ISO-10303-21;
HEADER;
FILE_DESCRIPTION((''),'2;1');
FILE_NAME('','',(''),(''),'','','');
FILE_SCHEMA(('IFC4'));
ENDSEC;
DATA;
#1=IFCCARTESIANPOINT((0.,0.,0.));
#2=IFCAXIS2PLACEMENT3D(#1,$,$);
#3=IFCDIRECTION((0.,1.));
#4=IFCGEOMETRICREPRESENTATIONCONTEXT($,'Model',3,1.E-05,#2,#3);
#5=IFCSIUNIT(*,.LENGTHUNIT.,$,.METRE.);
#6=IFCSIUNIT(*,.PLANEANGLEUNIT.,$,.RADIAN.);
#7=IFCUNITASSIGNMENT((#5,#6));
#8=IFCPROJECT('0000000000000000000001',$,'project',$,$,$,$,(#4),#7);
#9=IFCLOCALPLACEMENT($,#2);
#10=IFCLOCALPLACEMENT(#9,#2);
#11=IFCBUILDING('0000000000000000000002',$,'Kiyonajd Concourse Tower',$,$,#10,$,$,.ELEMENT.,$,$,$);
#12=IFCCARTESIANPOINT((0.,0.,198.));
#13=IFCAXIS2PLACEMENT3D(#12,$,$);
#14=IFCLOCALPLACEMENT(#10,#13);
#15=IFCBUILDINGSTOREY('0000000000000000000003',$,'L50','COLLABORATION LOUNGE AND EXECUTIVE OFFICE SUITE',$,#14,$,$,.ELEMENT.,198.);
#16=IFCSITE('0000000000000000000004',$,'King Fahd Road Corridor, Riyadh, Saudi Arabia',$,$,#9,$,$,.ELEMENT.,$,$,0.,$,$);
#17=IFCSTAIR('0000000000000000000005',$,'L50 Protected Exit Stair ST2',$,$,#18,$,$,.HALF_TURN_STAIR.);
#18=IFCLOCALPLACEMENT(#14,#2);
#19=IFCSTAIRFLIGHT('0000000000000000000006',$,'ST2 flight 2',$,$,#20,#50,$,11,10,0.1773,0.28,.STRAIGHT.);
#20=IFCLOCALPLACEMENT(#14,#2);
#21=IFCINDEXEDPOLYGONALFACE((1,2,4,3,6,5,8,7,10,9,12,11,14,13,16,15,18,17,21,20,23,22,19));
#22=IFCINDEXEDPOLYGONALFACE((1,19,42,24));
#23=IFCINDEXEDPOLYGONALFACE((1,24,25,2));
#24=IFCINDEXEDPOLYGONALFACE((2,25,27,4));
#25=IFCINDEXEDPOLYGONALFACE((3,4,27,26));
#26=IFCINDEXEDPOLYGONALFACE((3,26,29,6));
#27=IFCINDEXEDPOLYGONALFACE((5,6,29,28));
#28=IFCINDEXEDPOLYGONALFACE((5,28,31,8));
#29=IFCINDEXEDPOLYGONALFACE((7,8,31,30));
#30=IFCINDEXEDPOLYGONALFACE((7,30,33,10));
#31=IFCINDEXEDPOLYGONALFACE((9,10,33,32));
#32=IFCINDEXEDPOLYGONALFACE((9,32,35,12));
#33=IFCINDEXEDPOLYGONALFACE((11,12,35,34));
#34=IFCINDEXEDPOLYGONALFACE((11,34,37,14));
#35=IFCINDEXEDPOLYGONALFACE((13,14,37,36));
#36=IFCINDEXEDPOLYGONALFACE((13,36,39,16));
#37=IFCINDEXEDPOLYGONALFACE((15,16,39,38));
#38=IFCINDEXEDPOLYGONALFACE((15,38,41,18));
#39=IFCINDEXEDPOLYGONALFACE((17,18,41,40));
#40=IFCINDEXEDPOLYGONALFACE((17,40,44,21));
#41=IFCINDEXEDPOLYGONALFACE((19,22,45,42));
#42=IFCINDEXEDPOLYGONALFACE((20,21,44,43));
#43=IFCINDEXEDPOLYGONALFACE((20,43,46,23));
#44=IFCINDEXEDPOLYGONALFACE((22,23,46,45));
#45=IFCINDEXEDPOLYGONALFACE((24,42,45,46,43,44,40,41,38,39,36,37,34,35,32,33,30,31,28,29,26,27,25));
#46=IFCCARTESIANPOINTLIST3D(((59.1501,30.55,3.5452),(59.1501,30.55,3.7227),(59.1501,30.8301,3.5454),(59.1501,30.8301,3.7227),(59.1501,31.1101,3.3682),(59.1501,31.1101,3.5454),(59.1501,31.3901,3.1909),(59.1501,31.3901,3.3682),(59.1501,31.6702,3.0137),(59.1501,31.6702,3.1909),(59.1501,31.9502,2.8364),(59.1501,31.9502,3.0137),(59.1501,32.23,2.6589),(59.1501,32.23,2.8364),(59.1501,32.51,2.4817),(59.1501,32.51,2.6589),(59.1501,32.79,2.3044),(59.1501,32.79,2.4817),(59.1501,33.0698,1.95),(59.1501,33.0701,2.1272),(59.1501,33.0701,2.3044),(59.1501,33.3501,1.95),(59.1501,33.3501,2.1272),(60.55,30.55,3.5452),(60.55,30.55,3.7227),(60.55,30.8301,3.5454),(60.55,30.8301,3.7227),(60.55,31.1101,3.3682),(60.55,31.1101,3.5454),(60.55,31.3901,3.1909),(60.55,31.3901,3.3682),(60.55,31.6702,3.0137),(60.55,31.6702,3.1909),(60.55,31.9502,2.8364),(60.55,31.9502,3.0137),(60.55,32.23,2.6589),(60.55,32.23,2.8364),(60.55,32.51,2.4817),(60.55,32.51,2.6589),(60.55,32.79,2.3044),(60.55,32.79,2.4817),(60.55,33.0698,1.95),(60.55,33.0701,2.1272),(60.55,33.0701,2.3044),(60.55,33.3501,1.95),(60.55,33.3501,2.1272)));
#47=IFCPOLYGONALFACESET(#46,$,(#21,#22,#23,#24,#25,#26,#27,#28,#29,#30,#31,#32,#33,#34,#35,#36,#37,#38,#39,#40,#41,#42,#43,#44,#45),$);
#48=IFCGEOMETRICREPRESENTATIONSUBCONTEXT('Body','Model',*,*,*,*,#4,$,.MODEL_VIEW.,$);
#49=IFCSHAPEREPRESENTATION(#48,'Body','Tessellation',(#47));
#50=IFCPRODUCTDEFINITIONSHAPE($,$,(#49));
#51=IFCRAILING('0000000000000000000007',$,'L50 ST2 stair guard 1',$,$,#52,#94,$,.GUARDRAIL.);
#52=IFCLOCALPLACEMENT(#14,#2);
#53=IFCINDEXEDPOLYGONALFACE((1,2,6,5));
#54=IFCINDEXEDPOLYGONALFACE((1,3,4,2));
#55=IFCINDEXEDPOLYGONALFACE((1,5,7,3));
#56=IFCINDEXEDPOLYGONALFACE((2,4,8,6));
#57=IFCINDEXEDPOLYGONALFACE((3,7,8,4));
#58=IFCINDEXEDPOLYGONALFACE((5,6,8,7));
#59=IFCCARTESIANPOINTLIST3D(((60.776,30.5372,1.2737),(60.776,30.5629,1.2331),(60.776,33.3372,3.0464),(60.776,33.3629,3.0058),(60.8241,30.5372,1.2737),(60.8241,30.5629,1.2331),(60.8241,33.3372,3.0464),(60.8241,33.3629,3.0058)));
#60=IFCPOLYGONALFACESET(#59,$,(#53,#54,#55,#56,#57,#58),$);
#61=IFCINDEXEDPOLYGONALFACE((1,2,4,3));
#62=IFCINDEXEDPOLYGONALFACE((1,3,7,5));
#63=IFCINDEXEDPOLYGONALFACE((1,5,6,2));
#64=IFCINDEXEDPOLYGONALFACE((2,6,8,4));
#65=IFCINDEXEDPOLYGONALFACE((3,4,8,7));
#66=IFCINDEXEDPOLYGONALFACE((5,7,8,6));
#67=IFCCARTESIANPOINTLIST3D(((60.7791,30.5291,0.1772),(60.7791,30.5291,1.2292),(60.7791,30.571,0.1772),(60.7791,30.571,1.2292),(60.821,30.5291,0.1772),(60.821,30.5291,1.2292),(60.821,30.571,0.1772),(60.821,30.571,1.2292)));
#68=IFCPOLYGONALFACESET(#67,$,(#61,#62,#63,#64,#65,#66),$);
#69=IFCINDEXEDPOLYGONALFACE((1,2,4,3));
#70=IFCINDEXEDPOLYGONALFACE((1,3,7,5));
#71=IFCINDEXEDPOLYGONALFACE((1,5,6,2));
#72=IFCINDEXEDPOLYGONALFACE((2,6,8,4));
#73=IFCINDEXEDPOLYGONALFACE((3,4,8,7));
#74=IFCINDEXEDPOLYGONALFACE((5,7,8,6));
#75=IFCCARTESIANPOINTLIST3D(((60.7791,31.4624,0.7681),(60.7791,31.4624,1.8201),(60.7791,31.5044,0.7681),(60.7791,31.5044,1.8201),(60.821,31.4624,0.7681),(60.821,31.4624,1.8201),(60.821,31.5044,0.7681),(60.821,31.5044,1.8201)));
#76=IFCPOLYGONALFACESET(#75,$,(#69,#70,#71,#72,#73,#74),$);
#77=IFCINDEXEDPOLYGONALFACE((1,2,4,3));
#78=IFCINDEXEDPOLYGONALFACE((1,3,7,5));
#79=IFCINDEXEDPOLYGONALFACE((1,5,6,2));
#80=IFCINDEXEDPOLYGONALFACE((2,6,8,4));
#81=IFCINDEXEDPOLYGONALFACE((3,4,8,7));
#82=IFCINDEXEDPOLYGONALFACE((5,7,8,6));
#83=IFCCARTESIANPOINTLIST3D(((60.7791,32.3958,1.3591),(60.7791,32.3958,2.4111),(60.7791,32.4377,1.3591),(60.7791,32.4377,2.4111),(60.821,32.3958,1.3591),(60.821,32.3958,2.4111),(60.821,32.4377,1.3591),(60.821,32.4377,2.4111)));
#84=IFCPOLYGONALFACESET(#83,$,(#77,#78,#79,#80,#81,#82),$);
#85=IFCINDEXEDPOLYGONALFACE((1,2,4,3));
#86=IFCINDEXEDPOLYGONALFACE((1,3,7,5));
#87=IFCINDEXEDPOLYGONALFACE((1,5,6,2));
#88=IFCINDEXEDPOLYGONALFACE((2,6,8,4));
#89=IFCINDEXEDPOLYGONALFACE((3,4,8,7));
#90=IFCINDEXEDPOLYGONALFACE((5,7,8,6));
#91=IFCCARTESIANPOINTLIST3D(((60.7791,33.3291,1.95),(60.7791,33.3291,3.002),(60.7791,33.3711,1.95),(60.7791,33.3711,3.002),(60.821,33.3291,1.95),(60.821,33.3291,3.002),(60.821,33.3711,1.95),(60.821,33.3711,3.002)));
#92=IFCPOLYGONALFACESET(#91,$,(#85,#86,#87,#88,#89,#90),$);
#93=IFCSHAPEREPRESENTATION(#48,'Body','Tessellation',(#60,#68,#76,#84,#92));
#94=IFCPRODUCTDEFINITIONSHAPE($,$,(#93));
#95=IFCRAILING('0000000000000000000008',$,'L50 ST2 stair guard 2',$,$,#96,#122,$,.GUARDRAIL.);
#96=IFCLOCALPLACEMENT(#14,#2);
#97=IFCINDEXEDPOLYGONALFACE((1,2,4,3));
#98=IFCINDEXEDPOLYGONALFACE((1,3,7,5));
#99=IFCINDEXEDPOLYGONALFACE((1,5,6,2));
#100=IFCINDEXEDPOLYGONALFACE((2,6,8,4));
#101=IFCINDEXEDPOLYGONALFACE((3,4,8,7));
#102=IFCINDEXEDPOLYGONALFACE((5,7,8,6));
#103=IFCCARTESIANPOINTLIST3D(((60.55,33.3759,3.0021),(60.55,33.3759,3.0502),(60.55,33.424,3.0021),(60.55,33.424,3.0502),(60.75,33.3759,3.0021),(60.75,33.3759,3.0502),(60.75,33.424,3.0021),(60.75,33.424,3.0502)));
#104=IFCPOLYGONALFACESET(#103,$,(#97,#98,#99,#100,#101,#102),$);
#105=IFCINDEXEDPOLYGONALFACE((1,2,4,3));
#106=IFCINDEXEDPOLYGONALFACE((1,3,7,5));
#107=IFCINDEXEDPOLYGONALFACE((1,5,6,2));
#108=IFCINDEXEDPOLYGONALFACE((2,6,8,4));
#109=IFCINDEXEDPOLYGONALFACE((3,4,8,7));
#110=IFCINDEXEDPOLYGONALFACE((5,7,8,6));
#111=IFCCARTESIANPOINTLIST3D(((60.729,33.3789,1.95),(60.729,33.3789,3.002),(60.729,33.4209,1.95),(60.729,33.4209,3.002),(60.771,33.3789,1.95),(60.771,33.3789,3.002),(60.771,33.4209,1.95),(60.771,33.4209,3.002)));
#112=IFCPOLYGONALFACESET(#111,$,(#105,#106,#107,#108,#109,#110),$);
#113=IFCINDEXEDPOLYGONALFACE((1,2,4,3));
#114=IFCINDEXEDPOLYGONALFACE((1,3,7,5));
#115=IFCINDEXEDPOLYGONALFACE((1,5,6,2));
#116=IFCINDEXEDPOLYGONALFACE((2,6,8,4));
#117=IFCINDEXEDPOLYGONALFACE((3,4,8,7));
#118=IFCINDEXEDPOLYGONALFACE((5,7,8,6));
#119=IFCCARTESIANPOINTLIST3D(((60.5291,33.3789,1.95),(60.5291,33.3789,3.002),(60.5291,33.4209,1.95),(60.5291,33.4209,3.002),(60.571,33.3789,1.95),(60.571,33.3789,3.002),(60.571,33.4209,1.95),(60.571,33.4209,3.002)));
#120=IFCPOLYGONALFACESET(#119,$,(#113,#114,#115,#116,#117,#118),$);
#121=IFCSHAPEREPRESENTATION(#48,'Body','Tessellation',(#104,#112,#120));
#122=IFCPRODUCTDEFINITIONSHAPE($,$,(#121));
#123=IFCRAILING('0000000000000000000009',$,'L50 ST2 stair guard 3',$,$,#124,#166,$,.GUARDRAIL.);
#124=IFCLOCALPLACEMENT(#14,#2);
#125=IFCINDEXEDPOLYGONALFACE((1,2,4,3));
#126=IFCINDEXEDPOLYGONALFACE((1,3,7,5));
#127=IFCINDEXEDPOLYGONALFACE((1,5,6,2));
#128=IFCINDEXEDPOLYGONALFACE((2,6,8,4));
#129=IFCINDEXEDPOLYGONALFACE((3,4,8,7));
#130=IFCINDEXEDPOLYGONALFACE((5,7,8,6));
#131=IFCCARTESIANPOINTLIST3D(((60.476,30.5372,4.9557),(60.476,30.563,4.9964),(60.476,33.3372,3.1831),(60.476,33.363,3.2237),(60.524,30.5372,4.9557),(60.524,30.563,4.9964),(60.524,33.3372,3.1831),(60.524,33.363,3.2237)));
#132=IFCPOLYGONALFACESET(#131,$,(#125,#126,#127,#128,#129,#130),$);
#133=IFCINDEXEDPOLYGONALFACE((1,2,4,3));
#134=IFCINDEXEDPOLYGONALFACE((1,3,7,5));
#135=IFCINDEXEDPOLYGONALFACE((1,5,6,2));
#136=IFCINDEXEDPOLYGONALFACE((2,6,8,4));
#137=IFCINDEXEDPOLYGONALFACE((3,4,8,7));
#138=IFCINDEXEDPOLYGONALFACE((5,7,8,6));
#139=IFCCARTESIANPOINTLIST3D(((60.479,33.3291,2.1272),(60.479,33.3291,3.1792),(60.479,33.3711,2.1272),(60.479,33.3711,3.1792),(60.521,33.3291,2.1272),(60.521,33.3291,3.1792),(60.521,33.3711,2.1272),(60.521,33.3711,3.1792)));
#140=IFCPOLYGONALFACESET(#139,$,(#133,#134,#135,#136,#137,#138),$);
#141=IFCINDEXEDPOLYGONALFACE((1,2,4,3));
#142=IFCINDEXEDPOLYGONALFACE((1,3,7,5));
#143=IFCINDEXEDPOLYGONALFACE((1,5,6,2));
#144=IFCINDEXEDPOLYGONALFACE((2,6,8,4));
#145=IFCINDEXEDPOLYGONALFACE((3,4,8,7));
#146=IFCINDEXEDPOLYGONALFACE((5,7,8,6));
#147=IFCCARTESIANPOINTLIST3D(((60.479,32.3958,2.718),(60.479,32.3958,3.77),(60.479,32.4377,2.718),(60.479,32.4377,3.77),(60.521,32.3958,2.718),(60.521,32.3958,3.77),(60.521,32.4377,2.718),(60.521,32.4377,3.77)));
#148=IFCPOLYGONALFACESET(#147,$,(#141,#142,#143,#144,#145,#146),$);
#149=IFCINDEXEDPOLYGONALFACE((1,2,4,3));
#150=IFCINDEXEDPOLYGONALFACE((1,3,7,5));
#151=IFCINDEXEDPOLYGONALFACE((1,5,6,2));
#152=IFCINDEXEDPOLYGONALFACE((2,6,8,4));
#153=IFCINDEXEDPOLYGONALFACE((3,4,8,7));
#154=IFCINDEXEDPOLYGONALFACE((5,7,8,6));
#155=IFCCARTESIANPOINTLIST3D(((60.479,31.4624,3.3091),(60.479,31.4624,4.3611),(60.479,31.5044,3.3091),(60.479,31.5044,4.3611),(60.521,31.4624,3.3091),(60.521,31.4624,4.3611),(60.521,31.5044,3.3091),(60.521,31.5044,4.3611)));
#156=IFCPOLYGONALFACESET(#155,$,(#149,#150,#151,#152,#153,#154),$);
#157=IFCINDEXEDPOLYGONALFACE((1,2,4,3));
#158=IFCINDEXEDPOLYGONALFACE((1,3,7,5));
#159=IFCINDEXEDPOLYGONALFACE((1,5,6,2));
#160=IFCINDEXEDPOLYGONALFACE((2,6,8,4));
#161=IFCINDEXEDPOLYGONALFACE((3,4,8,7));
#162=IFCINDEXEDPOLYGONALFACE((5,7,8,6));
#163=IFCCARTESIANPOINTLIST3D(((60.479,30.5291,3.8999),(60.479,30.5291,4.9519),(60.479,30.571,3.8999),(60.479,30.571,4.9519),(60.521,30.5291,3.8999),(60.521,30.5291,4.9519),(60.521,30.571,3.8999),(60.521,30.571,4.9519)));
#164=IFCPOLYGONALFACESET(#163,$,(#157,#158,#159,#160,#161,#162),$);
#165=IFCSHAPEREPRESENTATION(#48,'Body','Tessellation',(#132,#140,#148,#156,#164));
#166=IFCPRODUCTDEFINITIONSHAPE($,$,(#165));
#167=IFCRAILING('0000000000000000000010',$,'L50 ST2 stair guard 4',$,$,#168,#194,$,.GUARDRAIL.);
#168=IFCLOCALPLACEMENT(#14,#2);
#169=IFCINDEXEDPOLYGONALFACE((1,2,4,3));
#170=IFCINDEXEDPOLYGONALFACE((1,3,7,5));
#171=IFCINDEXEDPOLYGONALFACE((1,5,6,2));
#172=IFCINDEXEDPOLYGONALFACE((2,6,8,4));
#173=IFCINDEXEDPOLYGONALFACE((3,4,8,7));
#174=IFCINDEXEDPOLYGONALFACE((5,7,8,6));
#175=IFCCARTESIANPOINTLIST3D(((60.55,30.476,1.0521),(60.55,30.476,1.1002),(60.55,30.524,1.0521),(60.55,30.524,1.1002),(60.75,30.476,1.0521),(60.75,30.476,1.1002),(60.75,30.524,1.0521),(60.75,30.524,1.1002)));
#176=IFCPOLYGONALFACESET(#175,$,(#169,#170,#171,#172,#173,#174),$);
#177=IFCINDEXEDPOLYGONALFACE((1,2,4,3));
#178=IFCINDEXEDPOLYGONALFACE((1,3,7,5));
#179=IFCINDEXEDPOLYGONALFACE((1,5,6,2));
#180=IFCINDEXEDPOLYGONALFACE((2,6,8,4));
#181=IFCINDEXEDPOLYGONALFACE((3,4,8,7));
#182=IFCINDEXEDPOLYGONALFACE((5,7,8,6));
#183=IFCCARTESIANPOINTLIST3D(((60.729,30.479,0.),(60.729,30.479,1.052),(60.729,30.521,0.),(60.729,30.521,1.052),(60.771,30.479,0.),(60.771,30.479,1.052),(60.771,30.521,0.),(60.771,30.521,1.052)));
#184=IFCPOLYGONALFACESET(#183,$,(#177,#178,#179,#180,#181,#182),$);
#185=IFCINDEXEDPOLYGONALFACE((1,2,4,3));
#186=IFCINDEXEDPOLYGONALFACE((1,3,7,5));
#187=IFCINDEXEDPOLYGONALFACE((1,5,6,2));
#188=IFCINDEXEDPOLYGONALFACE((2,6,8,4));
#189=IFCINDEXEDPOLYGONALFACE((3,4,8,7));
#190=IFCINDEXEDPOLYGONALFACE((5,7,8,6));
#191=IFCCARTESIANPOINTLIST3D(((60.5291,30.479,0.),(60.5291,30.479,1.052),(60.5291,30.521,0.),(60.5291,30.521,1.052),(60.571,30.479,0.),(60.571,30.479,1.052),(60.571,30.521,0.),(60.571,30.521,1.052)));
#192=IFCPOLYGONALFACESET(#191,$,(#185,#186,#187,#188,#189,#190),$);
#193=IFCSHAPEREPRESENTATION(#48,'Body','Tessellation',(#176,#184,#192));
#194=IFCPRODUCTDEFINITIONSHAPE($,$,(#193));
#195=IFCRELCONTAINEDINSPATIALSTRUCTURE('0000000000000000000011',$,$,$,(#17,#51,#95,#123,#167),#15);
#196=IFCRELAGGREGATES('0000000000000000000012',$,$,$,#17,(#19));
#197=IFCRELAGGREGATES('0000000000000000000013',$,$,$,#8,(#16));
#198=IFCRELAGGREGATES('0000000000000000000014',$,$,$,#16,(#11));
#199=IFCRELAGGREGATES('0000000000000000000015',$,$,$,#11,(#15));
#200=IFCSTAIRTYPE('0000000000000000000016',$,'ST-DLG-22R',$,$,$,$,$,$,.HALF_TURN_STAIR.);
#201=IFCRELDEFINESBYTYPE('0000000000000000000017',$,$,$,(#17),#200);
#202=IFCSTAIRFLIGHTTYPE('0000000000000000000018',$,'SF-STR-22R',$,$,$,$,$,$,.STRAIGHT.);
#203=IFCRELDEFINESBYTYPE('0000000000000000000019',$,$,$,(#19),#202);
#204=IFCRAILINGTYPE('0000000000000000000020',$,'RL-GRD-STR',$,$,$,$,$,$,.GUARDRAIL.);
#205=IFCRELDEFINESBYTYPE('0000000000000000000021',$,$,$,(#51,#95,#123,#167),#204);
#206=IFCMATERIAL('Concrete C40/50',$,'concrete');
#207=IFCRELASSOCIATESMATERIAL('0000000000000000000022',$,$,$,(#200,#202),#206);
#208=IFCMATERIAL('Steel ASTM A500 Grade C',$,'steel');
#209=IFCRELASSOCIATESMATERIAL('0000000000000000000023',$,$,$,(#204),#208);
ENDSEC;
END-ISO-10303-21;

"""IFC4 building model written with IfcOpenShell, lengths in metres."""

from ifc_helpers import new_model, si_unit, direction, frame, origin, origin_2d, place, context, subcontext, project, spatial, polyline, rectangle, outline, extrude, material, type_object, element, aggregate, save


model = new_model("IFC4")

# Units and contexts
model_context = context("Model", 3, precision=1e-05, world=origin(), true_north=direction((0.0, 1.0)))
body_context = subcontext(model_context, "Body", "Model", "MODEL_VIEW")
ifc_project = project(units=[si_unit("LENGTHUNIT", "METRE"), si_unit("PLANEANGLEUNIT", "RADIAN")], contexts=[model_context])

# Site, building, storey
site_placement = place(None, origin())
site = spatial("IfcSite", under=ifc_project, at=site_placement, Name="King Fahd Road Corridor, Riyadh, Saudi Arabia", CompositionType="ELEMENT", RefElevation=0.0)
building_placement = place(site_placement, origin())
building = spatial("IfcBuilding", under=site, at=building_placement, Name="Kiyonajd Concourse Tower", CompositionType="ELEMENT")
storey_placement = place(building_placement, frame((0.0, 0.0, 198.0)))
storey = spatial("IfcBuildingStorey", under=building, at=storey_placement, Name="L50", Description="COLLABORATION LOUNGE AND EXECUTIVE OFFICE SUITE", CompositionType="ELEMENT", Elevation=198.0)

# Stair, stair flight
ifc_material_1 = material(Name="Concrete C40/50", Category="concrete")
stair_type = type_object("IfcStairType", Name="ST-DLG-22R", PredefinedType="HALF_TURN_STAIR", material=ifc_material_1)
stair_placement = place(storey_placement, origin())
stair = element("IfcStair", 1, at=stair_placement, inside=storey, type_object=stair_type, Name="L50 Protected Exit Stair ST2", PredefinedType="HALF_TURN_STAIR")
stair_flight_type = type_object("IfcStairFlightType", Name="SF-STR-22R", PredefinedType="STRAIGHT", material=ifc_material_1)
stair_flight_1_placement = place(storey_placement, frame((59.8501, 33.3501, 1.95), z_axis=(0.0, 0.0, 1.0), x_axis=(0.0, -1.0, 0.0)))
stair_flight_1 = element("IfcStairFlight", 2, at=stair_flight_1_placement, type_object=stair_flight_type, Name="ST2 flight 2", NumberOfRisers=11, NumberOfTreads=10, PredefinedType="STRAIGHT", RiserHeight=0.1773, TreadLength=0.28, context=body_context, shape_type="SweptSolid", body=[
    extrude(outline(polyline([(0.0, 0.0), (0.0, 0.1772), (0.28, 0.1772), (0.28, 0.3545), (0.5601, 0.3545), (0.5601, 0.5317), (0.8401, 0.5317), (0.8401, 0.709), (1.1201, 0.709), (1.1201, 0.8865), (1.3999, 0.8865), (1.3999, 1.0637), (1.6799, 1.0637), (1.6799, 1.241), (1.96, 1.241), (1.96, 1.4182), (2.24, 1.4182), (2.24, 1.5955), (2.52, 1.5955), (2.52, 1.7727), (2.8, 1.7727), (2.8, 1.95), (2.8, 1.5952), (0.2803, 0.0), (0.0, 0.0)])), frame((0.0, 0.7, 0.0), z_axis=(0.0, -1.0, 0.0), x_axis=(1.0, 0.0, 0.0)), (0.0, 0.0, 1.0), 1.3999),
])
aggregate(stair, [stair_flight_1])

# Railings
ifc_material_2 = material(Name="Steel ASTM A500 Grade C", Category="steel")
railing_type_1 = type_object("IfcRailingType", Name="RL-GRD-STR", PredefinedType="GUARDRAIL", material=ifc_material_2)
railing_1_placement = place(storey_placement, frame((60.8, 30.55, 0.1772)))
element("IfcRailing", 3, at=railing_1_placement, inside=storey, type_object=railing_type_1, Name="L50 ST2 stair guard 1", PredefinedType="GUARDRAIL", context=body_context, shape_type="SweptSolid", body=[
    extrude(rectangle(XDim=0.0481, YDim=0.0481, at=origin_2d()), frame((0.0, 0.0, 1.0762), z_axis=(0.0, 0.844909, 0.53491), x_axis=(-1.0, 0.0, 0.0)), (0.0, 0.0, 1.0), 3.314),
    extrude(rectangle(XDim=0.042, YDim=0.042, at=origin_2d()), origin(), (0.0, 0.0, 1.0), 1.052),
    extrude(rectangle(XDim=0.042, YDim=0.042, at=origin_2d()), frame((0.0, 0.9333, 0.5908)), (0.0, 0.0, 1.0), 1.052),
    extrude(rectangle(XDim=0.042, YDim=0.042, at=origin_2d()), frame((0.0, 1.8667, 1.1819)), (0.0, 0.0, 1.0), 1.052),
    extrude(rectangle(XDim=0.042, YDim=0.042, at=origin_2d()), frame((0.0, 2.8, 1.7727)), (0.0, 0.0, 1.0), 1.052),
])
railing_2_placement = place(storey_placement, frame((60.75, 33.3999, 1.95)))
element("IfcRailing", 4, at=railing_2_placement, inside=storey, type_object=railing_type_1, Name="L50 ST2 stair guard 2", PredefinedType="GUARDRAIL", context=body_context, shape_type="SweptSolid", body=[
    extrude(rectangle(XDim=0.0481, YDim=0.0481, at=origin_2d()), frame((0.0, 0.0, 1.0762), z_axis=(-1.0, 0.0, 0.0), x_axis=(0.0, -1.0, 0.0)), (0.0, 0.0, 1.0), 0.2),
    extrude(rectangle(XDim=0.042, YDim=0.042, at=origin_2d()), origin(), (0.0, 0.0, 1.0), 1.052),
    extrude(rectangle(XDim=0.042, YDim=0.042, at=origin_2d()), frame((-0.2, 0.0, 0.0)), (0.0, 0.0, 1.0), 1.052),
])
railing_3_placement = place(storey_placement, frame((60.5, 33.3501, 2.1272)))
element("IfcRailing", 5, at=railing_3_placement, inside=storey, type_object=railing_type_1, Name="L50 ST2 stair guard 3", PredefinedType="GUARDRAIL", context=body_context, shape_type="SweptSolid", body=[
    extrude(rectangle(XDim=0.0481, YDim=0.0481, at=origin_2d()), frame((0.0, 0.0, 1.0762), z_axis=(0.0, -0.844909, 0.53491), x_axis=(1.0, 0.0, 0.0)), (0.0, 0.0, 1.0), 3.314),
    extrude(rectangle(XDim=0.042, YDim=0.042, at=origin_2d()), origin(), (0.0, 0.0, 1.0), 1.052),
    extrude(rectangle(XDim=0.042, YDim=0.042, at=origin_2d()), frame((0.0, -0.9333, 0.5908)), (0.0, 0.0, 1.0), 1.052),
    extrude(rectangle(XDim=0.042, YDim=0.042, at=origin_2d()), frame((0.0, -1.8667, 1.1819)), (0.0, 0.0, 1.0), 1.052),
    extrude(rectangle(XDim=0.042, YDim=0.042, at=origin_2d()), frame((0.0, -2.8, 1.7727)), (0.0, 0.0, 1.0), 1.052),
])
railing_4_placement = place(storey_placement, frame((60.75, 30.5, 0.0)))
element("IfcRailing", 6, at=railing_4_placement, inside=storey, type_object=railing_type_1, Name="L50 ST2 stair guard 4", PredefinedType="GUARDRAIL", context=body_context, shape_type="SweptSolid", body=[
    extrude(rectangle(XDim=0.0481, YDim=0.0481, at=origin_2d()), frame((0.0, 0.0, 1.0762), z_axis=(-1.0, 0.0, 0.0), x_axis=(0.0, -1.0, 0.0)), (0.0, 0.0, 1.0), 0.2),
    extrude(rectangle(XDim=0.042, YDim=0.042, at=origin_2d()), origin(), (0.0, 0.0, 1.0), 1.052),
    extrude(rectangle(XDim=0.042, YDim=0.042, at=origin_2d()), frame((-0.2, 0.0, 0.0)), (0.0, 0.0, 1.0), 1.052),
])

save(model, "model.ifc")
